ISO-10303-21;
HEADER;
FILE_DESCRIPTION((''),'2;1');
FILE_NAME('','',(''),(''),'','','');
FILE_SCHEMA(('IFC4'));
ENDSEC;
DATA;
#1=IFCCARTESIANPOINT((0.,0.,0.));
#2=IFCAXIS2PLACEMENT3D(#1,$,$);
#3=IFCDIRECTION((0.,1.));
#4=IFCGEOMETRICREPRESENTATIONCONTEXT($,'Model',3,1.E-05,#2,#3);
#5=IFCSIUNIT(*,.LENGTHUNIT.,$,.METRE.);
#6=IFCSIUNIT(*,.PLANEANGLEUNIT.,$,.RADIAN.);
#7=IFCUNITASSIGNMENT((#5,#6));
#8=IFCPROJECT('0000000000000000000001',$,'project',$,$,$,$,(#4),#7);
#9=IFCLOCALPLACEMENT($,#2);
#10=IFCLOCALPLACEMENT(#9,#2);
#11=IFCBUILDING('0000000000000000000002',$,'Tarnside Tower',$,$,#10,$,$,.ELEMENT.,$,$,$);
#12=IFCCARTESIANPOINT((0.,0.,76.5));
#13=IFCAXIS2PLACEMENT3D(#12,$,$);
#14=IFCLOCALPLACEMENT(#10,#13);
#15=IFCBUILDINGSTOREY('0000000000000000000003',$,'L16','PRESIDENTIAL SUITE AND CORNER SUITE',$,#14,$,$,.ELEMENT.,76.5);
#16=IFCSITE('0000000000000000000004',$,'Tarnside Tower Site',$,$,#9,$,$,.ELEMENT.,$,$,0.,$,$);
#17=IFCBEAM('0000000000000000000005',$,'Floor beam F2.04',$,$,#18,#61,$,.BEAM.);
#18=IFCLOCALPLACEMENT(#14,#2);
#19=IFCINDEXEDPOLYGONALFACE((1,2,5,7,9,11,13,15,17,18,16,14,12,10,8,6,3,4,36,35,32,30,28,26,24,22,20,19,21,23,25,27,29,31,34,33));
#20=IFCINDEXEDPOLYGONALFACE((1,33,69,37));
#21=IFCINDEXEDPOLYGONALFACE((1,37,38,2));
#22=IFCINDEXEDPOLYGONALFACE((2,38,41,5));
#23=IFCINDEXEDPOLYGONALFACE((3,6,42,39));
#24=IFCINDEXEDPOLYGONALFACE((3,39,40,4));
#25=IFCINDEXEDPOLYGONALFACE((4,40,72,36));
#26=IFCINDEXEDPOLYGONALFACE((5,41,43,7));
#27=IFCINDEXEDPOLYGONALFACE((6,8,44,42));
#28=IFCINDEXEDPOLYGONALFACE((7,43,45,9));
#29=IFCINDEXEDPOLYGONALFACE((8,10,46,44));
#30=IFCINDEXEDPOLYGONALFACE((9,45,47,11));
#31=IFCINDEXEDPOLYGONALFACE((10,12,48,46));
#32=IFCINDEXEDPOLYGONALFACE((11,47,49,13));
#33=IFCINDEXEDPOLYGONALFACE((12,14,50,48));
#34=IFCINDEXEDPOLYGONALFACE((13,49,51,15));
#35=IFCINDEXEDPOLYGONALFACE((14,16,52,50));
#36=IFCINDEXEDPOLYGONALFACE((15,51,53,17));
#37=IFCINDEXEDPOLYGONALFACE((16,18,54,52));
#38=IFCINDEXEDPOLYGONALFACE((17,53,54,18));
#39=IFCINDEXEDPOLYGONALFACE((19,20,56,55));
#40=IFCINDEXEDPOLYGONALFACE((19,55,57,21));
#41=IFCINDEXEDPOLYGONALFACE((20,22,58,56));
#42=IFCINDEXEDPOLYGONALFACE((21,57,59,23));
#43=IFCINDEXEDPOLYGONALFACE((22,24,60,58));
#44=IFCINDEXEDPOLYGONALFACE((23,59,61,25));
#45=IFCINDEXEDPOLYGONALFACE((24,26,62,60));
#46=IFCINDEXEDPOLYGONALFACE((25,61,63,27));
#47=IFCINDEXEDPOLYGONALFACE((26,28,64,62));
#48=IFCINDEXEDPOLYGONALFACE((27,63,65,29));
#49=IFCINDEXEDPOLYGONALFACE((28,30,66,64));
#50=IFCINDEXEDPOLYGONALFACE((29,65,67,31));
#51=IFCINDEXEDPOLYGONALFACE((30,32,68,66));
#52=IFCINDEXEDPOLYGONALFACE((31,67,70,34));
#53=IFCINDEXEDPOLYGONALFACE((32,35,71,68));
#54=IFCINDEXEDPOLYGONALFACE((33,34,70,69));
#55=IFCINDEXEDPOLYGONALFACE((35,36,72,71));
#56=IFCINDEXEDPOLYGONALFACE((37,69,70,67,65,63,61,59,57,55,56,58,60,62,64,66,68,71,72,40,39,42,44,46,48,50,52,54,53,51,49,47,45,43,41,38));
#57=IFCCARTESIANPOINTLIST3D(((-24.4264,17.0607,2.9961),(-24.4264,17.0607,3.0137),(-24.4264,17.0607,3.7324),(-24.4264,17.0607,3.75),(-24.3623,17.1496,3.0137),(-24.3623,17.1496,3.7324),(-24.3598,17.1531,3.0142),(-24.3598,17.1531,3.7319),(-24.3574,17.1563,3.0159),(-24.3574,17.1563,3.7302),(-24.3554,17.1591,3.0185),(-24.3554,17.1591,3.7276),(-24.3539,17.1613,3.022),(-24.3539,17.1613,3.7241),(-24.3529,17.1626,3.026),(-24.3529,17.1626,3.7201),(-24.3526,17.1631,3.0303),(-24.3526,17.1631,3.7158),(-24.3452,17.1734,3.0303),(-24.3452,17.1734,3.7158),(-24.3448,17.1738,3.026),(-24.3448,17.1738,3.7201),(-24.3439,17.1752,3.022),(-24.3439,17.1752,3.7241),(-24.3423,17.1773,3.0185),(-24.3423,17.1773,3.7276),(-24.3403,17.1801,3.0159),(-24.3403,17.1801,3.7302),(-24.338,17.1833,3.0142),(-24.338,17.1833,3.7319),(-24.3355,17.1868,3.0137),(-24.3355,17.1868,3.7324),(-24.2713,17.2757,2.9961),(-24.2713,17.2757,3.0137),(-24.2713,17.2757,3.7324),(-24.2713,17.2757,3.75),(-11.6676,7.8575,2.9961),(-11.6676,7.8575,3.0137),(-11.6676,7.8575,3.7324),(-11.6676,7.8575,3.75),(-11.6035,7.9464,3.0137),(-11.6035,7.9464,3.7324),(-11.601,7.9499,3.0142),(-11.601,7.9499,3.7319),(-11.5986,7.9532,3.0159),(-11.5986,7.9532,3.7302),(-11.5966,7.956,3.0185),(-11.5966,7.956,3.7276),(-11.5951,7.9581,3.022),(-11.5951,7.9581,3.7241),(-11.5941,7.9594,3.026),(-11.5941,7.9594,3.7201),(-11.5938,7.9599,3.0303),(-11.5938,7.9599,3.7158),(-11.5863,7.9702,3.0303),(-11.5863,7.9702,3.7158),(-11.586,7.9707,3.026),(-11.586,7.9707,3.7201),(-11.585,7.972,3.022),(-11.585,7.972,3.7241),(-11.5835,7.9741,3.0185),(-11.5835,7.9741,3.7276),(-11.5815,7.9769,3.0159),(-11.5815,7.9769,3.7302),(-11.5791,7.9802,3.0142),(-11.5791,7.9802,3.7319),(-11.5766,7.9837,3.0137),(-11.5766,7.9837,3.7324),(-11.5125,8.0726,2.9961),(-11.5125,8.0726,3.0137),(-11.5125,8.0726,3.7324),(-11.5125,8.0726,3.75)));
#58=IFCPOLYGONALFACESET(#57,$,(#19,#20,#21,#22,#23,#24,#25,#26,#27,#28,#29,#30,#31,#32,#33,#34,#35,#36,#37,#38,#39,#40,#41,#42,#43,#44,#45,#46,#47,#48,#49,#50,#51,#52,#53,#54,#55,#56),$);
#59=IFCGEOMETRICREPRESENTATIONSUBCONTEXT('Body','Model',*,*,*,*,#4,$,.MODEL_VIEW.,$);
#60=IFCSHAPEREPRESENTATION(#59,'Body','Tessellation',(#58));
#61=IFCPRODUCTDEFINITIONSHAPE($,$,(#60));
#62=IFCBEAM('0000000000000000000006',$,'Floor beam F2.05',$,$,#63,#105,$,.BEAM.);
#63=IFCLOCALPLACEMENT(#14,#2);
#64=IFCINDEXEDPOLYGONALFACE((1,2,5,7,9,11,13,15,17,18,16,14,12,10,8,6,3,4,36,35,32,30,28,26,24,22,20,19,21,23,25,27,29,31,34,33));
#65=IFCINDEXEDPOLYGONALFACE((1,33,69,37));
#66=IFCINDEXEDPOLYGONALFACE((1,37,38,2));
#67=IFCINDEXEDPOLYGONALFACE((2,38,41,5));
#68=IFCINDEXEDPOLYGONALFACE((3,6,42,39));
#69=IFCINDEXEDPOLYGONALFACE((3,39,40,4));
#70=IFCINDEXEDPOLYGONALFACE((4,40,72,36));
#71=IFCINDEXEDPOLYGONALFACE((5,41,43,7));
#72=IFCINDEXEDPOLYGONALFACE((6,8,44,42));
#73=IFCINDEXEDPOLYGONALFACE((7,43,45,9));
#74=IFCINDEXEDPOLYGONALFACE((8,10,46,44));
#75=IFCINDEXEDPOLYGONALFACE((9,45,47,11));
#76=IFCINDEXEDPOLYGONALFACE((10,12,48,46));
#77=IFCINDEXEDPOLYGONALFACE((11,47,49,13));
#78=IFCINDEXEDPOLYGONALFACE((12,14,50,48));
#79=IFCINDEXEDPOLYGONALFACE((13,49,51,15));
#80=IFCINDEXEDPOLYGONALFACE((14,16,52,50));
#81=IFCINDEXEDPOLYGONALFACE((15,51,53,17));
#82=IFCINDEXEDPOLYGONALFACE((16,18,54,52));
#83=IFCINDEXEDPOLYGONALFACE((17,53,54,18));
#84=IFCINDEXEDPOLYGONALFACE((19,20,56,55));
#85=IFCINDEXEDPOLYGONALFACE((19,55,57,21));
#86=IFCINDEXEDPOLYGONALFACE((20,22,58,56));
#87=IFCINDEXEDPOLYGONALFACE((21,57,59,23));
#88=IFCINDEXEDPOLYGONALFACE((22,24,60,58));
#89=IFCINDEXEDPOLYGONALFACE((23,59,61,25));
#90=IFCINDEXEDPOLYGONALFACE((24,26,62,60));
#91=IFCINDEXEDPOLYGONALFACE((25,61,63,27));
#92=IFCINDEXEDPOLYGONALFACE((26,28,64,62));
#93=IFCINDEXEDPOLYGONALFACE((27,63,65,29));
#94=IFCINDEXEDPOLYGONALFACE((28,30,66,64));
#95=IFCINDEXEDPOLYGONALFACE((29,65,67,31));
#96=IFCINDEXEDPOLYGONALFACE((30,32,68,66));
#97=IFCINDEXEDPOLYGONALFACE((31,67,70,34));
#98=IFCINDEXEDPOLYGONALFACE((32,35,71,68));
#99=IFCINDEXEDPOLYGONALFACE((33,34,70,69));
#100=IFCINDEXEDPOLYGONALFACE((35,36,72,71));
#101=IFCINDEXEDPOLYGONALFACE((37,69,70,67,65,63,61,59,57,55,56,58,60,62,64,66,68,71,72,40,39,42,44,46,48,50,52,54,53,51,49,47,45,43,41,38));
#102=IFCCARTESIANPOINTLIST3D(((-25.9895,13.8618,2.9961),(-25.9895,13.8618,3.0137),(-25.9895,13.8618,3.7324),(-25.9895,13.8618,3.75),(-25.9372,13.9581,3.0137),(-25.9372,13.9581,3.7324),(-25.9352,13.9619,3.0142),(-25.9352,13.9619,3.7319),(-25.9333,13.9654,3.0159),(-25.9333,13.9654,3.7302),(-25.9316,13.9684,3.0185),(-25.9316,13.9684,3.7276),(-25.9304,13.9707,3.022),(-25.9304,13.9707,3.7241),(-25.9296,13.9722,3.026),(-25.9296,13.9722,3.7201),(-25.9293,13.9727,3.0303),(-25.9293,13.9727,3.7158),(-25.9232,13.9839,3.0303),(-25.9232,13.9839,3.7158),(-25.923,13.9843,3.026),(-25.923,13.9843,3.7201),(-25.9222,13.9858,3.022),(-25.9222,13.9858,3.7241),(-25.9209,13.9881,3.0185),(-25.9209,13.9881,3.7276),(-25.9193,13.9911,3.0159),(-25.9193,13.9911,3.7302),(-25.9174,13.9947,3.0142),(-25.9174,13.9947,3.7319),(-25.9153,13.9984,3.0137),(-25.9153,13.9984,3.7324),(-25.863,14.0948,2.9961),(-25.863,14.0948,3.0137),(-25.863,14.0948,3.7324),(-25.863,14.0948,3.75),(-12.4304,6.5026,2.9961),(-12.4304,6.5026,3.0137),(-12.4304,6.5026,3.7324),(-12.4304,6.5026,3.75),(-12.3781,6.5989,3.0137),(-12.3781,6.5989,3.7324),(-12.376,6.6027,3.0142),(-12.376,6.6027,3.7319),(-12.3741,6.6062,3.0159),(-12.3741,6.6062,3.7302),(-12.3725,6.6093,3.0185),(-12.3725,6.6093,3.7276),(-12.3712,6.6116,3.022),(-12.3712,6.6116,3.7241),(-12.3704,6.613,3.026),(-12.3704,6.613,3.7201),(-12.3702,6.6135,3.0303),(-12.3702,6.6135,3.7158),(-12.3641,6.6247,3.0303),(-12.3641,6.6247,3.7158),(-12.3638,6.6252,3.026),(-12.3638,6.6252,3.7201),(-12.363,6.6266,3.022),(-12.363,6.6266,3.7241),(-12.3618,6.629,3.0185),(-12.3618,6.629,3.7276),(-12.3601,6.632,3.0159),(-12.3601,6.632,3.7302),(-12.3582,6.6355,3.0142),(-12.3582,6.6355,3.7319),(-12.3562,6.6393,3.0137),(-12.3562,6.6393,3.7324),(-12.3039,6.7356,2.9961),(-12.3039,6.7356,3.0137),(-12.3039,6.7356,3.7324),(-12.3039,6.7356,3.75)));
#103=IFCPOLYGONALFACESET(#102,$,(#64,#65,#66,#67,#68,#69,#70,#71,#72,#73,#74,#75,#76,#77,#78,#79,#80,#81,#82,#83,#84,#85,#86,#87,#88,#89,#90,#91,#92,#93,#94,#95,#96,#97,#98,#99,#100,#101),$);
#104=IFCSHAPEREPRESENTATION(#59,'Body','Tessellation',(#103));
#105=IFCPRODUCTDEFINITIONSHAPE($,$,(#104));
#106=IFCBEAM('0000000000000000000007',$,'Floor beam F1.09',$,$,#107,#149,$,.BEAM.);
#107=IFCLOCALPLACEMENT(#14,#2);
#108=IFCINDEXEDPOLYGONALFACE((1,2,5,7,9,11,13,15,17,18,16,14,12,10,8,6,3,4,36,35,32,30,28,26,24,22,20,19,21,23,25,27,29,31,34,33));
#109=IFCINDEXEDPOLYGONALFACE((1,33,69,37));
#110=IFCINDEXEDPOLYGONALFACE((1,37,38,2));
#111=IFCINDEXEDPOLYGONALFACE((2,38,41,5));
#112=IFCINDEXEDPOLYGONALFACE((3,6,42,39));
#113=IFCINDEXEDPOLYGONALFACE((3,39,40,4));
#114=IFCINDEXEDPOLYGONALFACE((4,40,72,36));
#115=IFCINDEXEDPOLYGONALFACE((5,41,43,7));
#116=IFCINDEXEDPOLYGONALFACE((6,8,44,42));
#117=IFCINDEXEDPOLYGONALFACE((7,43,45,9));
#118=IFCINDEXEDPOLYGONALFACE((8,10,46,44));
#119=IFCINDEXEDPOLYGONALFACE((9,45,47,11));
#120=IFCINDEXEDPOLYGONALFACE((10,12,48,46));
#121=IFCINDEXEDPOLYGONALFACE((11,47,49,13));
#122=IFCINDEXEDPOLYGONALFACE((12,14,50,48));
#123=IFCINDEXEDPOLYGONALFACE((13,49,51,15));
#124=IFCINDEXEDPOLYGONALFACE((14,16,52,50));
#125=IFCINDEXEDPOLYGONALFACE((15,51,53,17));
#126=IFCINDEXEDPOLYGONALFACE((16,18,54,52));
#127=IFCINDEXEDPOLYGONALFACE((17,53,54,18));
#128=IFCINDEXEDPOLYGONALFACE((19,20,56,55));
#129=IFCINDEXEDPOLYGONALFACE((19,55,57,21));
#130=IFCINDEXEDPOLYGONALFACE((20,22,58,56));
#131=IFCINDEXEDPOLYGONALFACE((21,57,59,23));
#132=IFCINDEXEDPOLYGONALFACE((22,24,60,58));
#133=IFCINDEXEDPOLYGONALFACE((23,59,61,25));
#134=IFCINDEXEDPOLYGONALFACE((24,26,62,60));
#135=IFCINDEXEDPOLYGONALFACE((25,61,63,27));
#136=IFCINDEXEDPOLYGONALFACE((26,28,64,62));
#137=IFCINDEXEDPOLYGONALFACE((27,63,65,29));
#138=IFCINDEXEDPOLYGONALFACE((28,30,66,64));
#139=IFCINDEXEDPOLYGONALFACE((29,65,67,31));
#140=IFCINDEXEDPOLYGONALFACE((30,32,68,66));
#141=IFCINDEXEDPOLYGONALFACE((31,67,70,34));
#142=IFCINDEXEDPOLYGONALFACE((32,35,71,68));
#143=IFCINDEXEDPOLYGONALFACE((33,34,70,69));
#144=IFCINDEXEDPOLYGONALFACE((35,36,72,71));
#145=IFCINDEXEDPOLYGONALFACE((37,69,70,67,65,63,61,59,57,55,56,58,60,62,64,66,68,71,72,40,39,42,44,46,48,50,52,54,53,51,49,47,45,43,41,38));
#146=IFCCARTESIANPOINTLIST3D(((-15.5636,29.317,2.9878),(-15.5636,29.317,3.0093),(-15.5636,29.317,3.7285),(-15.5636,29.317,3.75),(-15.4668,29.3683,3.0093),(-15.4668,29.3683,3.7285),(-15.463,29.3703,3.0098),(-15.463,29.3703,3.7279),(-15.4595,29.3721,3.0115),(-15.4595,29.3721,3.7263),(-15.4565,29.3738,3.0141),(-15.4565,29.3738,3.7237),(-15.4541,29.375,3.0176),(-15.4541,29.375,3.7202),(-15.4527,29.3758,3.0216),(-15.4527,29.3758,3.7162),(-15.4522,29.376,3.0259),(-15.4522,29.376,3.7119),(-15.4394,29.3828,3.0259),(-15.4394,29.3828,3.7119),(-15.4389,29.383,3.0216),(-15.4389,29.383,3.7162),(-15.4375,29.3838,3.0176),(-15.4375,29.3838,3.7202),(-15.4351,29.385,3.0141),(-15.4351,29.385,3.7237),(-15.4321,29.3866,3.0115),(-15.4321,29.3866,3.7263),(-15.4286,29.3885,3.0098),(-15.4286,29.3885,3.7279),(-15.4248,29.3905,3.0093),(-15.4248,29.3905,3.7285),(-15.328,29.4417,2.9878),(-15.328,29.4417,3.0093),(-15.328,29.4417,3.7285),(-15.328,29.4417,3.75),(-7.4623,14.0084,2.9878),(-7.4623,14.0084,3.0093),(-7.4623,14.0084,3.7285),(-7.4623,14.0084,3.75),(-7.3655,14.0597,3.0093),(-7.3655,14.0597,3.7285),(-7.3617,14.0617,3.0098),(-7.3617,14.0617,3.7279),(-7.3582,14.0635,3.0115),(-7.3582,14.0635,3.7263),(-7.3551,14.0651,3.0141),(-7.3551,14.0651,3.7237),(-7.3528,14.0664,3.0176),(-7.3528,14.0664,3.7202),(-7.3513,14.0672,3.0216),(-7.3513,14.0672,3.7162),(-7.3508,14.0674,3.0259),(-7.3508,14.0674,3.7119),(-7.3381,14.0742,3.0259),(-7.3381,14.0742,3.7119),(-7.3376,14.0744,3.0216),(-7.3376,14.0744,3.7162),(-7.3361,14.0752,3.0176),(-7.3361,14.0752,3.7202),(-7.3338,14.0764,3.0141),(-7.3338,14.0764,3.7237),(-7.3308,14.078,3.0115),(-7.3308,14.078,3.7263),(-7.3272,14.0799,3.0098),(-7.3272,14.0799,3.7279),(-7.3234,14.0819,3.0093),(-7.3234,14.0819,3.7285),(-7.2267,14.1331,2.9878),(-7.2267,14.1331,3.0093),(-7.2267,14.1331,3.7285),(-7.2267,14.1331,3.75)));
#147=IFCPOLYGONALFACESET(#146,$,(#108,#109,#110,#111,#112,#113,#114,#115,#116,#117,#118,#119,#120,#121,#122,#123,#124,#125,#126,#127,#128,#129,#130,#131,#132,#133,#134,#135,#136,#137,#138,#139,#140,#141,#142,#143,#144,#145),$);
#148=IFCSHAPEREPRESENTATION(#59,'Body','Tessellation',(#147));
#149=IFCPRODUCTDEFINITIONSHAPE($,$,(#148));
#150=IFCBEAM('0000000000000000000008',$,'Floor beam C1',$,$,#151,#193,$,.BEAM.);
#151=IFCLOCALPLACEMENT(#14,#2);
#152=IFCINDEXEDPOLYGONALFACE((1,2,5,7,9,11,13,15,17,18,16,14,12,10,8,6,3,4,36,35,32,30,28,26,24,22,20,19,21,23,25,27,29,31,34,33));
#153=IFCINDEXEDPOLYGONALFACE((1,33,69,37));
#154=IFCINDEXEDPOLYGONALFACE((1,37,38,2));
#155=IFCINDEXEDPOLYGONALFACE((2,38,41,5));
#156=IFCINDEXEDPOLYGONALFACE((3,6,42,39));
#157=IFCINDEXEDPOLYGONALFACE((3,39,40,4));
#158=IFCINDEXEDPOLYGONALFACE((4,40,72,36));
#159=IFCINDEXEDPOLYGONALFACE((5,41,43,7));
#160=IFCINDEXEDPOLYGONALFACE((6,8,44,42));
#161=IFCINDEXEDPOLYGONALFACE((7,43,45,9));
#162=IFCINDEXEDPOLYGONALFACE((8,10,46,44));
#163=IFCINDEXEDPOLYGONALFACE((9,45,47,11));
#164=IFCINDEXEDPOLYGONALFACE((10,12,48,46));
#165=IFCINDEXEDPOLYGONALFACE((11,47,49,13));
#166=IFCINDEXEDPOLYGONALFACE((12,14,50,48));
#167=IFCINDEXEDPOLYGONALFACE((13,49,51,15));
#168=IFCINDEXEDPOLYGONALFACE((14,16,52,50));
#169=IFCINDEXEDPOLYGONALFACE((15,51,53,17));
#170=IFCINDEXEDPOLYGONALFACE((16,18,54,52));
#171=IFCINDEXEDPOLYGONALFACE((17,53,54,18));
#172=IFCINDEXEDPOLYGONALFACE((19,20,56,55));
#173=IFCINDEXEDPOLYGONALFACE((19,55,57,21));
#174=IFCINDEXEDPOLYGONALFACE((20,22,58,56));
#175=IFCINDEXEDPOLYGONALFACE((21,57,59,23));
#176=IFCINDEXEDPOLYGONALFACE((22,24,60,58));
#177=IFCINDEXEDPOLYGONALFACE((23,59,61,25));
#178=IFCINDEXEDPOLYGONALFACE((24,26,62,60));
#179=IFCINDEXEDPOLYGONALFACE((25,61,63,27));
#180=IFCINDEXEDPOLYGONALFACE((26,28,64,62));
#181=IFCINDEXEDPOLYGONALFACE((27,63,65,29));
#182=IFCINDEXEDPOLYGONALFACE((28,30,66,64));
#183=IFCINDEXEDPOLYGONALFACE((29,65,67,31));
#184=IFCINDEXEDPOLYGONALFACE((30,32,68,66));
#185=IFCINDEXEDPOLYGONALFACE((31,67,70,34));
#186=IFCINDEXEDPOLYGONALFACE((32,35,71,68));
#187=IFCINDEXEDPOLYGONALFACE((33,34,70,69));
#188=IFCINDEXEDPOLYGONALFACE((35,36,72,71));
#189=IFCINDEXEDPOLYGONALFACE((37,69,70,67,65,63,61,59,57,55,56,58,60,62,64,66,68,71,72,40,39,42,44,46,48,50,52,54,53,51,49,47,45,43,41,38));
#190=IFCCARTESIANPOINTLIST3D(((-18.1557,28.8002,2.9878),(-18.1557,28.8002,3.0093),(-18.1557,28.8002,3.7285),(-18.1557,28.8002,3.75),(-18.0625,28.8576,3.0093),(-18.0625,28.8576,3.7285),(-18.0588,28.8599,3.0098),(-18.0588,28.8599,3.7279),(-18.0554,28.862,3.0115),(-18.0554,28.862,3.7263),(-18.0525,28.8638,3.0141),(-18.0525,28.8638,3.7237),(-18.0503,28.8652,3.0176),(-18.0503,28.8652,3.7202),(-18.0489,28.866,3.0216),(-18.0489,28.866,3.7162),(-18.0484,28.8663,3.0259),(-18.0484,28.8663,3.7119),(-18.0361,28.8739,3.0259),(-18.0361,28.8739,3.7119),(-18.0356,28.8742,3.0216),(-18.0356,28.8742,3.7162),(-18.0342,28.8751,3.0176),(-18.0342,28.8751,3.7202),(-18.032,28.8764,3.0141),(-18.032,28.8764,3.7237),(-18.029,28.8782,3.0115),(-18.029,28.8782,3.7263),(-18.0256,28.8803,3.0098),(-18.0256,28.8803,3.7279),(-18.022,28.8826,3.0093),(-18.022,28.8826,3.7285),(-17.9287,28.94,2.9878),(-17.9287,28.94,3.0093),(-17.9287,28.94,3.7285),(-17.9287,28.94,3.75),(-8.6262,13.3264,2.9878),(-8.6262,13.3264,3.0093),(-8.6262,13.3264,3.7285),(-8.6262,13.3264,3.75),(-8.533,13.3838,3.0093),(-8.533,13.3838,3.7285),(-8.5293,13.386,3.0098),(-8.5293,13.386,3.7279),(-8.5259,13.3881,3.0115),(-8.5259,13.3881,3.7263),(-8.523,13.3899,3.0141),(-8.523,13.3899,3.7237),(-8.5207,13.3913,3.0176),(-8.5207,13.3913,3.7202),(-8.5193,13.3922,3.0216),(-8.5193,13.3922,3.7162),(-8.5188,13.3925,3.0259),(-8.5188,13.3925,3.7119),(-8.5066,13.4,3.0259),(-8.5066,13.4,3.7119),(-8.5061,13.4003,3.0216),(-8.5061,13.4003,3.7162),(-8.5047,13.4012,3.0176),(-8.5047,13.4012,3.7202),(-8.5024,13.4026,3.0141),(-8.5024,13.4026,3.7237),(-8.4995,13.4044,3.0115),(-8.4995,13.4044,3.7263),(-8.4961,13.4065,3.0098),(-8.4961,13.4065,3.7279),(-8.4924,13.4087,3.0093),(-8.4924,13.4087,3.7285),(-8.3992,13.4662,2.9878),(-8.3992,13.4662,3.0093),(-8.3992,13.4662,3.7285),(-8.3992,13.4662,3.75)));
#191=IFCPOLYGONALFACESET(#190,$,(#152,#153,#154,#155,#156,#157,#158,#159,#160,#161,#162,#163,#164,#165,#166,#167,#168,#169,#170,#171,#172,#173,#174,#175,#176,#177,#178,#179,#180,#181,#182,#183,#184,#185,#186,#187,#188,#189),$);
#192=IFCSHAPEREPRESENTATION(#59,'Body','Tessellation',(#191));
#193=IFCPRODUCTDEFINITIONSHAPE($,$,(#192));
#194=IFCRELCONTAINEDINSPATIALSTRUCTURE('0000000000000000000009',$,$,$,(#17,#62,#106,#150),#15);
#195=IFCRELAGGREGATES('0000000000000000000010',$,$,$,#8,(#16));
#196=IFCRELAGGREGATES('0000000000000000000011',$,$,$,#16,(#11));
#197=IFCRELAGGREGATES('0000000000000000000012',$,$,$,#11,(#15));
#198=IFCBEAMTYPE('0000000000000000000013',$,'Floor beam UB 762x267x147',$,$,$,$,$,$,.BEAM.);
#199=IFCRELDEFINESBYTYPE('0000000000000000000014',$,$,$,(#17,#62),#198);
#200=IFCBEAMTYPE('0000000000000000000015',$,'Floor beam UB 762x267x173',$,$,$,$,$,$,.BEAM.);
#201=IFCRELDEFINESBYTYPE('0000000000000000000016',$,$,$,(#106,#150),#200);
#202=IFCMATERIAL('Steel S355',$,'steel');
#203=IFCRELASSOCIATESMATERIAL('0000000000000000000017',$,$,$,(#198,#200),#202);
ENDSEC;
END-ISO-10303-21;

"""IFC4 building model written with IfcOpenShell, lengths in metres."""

from ifc_helpers import new_model, si_unit, direction, frame, origin, origin_2d, place, context, subcontext, project, spatial, i_section, extrude, material, material_profile, profile_set, type_object, element, save


model = new_model("IFC4")

# Units and contexts
model_context = context("Model", 3, precision=1e-05, world=origin(), true_north=direction((0.0, 1.0)))
body_context = subcontext(model_context, "Body", "Model", "MODEL_VIEW")
ifc_project = project(units=[si_unit("LENGTHUNIT", "METRE"), si_unit("PLANEANGLEUNIT", "RADIAN")], contexts=[model_context])

# Site, building, storey
site_placement = place(None, origin())
site = spatial("IfcSite", under=ifc_project, at=site_placement, Name="Tarnside Tower Site", CompositionType="ELEMENT", RefElevation=0.0)
building_placement = place(site_placement, origin())
building = spatial("IfcBuilding", under=site, at=building_placement, Name="Tarnside Tower", CompositionType="ELEMENT")
storey_placement = place(building_placement, frame((0.0, 0.0, 76.5)))
storey = spatial("IfcBuildingStorey", under=building, at=storey_placement, Name="L16", Description="PRESIDENTIAL SUITE AND CORNER SUITE", CompositionType="ELEMENT", Elevation=76.5)

# Beams
ifc_material_1 = material(Name="Steel S355", Category="steel")
ifc_material_profile_1 = material_profile(ifc_material_1, i_section(OverallWidth=0.2651, OverallDepth=0.7539, WebThickness=0.0127, FlangeThickness=0.0176, FilletRadius=0.0166, at=origin_2d()), Name="UB 762x267x147")
ifc_profile_set_1 = profile_set([ifc_material_profile_1], Name="Steel S355")
beam_type_1 = type_object("IfcBeamType", Name="Floor beam UB 762x267x147", PredefinedType="BEAM", material=ifc_profile_set_1)
beam_1_placement = place(storey_placement, frame((-24.3489, 17.1682, 3.373), z_axis=(0.811028, -0.585008, 0.0), x_axis=(0.585008, 0.811028, 0.0)))
element("IfcBeam", 1, at=beam_1_placement, inside=storey, type_object=beam_type_1, Name="Floor beam F2.04", PredefinedType="BEAM", context=body_context, shape_type="SweptSolid", body=[
    extrude(i_section(OverallWidth=0.2651, OverallDepth=0.7539, WebThickness=0.0127, FlangeThickness=0.0176, FilletRadius=0.0166, at=origin_2d()), origin(), (0.0, 0.0, 1.0), 15.7317),
])
beam_2_placement = place(storey_placement, frame((-25.9263, 13.9783, 3.373), z_axis=(0.878895, -0.477016, 0.0), x_axis=(0.477016, 0.878895, 0.0)))
element("IfcBeam", 2, at=beam_2_placement, inside=storey, type_object=beam_type_1, Name="Floor beam F2.05", PredefinedType="BEAM", context=body_context, shape_type="SweptSolid", body=[
    extrude(i_section(OverallWidth=0.2651, OverallDepth=0.7539, WebThickness=0.0127, FlangeThickness=0.0176, FilletRadius=0.0166, at=origin_2d()), origin(), (0.0, 0.0, 1.0), 15.4275),
])
ifc_material_profile_2 = material_profile(ifc_material_1, i_section(OverallWidth=0.2666, OverallDepth=0.7622, WebThickness=0.0144, FlangeThickness=0.0215, FilletRadius=0.0166, at=origin_2d()), Name="UB 762x267x173")
ifc_profile_set_2 = profile_set([ifc_material_profile_2], Name="Steel S355")
beam_type_2 = type_object("IfcBeamType", Name="Floor beam UB 762x267x173", PredefinedType="BEAM", material=ifc_profile_set_2)
beam_3_placement = place(storey_placement, frame((-15.4458, 29.3794, 3.3689), z_axis=(0.467742, -0.883865, 0.0), x_axis=(0.883865, 0.467742, 0.0)))
element("IfcBeam", 3, at=beam_3_placement, inside=storey, type_object=beam_type_2, Name="Floor beam F1.09", PredefinedType="BEAM", context=body_context, shape_type="SweptSolid", body=[
    extrude(i_section(OverallWidth=0.2666, OverallDepth=0.7622, WebThickness=0.0144, FlangeThickness=0.0215, FilletRadius=0.0166, at=origin_2d()), origin(), (0.0, 0.0, 1.0), 17.3201),
])
beam_4_placement = place(storey_placement, frame((-18.0422, 28.8701, 3.3689), z_axis=(0.524383, -0.851483, 0.0), x_axis=(0.851483, 0.524383, 0.0)))
element("IfcBeam", 4, at=beam_4_placement, inside=storey, type_object=beam_type_2, Name="Floor beam C1", PredefinedType="BEAM", context=body_context, shape_type="SweptSolid", body=[
    extrude(i_section(OverallWidth=0.2666, OverallDepth=0.7622, WebThickness=0.0144, FlangeThickness=0.0215, FilletRadius=0.0166, at=origin_2d()), origin(), (0.0, 0.0, 1.0), 18.1729),
])

save(model, "model.ifc")
